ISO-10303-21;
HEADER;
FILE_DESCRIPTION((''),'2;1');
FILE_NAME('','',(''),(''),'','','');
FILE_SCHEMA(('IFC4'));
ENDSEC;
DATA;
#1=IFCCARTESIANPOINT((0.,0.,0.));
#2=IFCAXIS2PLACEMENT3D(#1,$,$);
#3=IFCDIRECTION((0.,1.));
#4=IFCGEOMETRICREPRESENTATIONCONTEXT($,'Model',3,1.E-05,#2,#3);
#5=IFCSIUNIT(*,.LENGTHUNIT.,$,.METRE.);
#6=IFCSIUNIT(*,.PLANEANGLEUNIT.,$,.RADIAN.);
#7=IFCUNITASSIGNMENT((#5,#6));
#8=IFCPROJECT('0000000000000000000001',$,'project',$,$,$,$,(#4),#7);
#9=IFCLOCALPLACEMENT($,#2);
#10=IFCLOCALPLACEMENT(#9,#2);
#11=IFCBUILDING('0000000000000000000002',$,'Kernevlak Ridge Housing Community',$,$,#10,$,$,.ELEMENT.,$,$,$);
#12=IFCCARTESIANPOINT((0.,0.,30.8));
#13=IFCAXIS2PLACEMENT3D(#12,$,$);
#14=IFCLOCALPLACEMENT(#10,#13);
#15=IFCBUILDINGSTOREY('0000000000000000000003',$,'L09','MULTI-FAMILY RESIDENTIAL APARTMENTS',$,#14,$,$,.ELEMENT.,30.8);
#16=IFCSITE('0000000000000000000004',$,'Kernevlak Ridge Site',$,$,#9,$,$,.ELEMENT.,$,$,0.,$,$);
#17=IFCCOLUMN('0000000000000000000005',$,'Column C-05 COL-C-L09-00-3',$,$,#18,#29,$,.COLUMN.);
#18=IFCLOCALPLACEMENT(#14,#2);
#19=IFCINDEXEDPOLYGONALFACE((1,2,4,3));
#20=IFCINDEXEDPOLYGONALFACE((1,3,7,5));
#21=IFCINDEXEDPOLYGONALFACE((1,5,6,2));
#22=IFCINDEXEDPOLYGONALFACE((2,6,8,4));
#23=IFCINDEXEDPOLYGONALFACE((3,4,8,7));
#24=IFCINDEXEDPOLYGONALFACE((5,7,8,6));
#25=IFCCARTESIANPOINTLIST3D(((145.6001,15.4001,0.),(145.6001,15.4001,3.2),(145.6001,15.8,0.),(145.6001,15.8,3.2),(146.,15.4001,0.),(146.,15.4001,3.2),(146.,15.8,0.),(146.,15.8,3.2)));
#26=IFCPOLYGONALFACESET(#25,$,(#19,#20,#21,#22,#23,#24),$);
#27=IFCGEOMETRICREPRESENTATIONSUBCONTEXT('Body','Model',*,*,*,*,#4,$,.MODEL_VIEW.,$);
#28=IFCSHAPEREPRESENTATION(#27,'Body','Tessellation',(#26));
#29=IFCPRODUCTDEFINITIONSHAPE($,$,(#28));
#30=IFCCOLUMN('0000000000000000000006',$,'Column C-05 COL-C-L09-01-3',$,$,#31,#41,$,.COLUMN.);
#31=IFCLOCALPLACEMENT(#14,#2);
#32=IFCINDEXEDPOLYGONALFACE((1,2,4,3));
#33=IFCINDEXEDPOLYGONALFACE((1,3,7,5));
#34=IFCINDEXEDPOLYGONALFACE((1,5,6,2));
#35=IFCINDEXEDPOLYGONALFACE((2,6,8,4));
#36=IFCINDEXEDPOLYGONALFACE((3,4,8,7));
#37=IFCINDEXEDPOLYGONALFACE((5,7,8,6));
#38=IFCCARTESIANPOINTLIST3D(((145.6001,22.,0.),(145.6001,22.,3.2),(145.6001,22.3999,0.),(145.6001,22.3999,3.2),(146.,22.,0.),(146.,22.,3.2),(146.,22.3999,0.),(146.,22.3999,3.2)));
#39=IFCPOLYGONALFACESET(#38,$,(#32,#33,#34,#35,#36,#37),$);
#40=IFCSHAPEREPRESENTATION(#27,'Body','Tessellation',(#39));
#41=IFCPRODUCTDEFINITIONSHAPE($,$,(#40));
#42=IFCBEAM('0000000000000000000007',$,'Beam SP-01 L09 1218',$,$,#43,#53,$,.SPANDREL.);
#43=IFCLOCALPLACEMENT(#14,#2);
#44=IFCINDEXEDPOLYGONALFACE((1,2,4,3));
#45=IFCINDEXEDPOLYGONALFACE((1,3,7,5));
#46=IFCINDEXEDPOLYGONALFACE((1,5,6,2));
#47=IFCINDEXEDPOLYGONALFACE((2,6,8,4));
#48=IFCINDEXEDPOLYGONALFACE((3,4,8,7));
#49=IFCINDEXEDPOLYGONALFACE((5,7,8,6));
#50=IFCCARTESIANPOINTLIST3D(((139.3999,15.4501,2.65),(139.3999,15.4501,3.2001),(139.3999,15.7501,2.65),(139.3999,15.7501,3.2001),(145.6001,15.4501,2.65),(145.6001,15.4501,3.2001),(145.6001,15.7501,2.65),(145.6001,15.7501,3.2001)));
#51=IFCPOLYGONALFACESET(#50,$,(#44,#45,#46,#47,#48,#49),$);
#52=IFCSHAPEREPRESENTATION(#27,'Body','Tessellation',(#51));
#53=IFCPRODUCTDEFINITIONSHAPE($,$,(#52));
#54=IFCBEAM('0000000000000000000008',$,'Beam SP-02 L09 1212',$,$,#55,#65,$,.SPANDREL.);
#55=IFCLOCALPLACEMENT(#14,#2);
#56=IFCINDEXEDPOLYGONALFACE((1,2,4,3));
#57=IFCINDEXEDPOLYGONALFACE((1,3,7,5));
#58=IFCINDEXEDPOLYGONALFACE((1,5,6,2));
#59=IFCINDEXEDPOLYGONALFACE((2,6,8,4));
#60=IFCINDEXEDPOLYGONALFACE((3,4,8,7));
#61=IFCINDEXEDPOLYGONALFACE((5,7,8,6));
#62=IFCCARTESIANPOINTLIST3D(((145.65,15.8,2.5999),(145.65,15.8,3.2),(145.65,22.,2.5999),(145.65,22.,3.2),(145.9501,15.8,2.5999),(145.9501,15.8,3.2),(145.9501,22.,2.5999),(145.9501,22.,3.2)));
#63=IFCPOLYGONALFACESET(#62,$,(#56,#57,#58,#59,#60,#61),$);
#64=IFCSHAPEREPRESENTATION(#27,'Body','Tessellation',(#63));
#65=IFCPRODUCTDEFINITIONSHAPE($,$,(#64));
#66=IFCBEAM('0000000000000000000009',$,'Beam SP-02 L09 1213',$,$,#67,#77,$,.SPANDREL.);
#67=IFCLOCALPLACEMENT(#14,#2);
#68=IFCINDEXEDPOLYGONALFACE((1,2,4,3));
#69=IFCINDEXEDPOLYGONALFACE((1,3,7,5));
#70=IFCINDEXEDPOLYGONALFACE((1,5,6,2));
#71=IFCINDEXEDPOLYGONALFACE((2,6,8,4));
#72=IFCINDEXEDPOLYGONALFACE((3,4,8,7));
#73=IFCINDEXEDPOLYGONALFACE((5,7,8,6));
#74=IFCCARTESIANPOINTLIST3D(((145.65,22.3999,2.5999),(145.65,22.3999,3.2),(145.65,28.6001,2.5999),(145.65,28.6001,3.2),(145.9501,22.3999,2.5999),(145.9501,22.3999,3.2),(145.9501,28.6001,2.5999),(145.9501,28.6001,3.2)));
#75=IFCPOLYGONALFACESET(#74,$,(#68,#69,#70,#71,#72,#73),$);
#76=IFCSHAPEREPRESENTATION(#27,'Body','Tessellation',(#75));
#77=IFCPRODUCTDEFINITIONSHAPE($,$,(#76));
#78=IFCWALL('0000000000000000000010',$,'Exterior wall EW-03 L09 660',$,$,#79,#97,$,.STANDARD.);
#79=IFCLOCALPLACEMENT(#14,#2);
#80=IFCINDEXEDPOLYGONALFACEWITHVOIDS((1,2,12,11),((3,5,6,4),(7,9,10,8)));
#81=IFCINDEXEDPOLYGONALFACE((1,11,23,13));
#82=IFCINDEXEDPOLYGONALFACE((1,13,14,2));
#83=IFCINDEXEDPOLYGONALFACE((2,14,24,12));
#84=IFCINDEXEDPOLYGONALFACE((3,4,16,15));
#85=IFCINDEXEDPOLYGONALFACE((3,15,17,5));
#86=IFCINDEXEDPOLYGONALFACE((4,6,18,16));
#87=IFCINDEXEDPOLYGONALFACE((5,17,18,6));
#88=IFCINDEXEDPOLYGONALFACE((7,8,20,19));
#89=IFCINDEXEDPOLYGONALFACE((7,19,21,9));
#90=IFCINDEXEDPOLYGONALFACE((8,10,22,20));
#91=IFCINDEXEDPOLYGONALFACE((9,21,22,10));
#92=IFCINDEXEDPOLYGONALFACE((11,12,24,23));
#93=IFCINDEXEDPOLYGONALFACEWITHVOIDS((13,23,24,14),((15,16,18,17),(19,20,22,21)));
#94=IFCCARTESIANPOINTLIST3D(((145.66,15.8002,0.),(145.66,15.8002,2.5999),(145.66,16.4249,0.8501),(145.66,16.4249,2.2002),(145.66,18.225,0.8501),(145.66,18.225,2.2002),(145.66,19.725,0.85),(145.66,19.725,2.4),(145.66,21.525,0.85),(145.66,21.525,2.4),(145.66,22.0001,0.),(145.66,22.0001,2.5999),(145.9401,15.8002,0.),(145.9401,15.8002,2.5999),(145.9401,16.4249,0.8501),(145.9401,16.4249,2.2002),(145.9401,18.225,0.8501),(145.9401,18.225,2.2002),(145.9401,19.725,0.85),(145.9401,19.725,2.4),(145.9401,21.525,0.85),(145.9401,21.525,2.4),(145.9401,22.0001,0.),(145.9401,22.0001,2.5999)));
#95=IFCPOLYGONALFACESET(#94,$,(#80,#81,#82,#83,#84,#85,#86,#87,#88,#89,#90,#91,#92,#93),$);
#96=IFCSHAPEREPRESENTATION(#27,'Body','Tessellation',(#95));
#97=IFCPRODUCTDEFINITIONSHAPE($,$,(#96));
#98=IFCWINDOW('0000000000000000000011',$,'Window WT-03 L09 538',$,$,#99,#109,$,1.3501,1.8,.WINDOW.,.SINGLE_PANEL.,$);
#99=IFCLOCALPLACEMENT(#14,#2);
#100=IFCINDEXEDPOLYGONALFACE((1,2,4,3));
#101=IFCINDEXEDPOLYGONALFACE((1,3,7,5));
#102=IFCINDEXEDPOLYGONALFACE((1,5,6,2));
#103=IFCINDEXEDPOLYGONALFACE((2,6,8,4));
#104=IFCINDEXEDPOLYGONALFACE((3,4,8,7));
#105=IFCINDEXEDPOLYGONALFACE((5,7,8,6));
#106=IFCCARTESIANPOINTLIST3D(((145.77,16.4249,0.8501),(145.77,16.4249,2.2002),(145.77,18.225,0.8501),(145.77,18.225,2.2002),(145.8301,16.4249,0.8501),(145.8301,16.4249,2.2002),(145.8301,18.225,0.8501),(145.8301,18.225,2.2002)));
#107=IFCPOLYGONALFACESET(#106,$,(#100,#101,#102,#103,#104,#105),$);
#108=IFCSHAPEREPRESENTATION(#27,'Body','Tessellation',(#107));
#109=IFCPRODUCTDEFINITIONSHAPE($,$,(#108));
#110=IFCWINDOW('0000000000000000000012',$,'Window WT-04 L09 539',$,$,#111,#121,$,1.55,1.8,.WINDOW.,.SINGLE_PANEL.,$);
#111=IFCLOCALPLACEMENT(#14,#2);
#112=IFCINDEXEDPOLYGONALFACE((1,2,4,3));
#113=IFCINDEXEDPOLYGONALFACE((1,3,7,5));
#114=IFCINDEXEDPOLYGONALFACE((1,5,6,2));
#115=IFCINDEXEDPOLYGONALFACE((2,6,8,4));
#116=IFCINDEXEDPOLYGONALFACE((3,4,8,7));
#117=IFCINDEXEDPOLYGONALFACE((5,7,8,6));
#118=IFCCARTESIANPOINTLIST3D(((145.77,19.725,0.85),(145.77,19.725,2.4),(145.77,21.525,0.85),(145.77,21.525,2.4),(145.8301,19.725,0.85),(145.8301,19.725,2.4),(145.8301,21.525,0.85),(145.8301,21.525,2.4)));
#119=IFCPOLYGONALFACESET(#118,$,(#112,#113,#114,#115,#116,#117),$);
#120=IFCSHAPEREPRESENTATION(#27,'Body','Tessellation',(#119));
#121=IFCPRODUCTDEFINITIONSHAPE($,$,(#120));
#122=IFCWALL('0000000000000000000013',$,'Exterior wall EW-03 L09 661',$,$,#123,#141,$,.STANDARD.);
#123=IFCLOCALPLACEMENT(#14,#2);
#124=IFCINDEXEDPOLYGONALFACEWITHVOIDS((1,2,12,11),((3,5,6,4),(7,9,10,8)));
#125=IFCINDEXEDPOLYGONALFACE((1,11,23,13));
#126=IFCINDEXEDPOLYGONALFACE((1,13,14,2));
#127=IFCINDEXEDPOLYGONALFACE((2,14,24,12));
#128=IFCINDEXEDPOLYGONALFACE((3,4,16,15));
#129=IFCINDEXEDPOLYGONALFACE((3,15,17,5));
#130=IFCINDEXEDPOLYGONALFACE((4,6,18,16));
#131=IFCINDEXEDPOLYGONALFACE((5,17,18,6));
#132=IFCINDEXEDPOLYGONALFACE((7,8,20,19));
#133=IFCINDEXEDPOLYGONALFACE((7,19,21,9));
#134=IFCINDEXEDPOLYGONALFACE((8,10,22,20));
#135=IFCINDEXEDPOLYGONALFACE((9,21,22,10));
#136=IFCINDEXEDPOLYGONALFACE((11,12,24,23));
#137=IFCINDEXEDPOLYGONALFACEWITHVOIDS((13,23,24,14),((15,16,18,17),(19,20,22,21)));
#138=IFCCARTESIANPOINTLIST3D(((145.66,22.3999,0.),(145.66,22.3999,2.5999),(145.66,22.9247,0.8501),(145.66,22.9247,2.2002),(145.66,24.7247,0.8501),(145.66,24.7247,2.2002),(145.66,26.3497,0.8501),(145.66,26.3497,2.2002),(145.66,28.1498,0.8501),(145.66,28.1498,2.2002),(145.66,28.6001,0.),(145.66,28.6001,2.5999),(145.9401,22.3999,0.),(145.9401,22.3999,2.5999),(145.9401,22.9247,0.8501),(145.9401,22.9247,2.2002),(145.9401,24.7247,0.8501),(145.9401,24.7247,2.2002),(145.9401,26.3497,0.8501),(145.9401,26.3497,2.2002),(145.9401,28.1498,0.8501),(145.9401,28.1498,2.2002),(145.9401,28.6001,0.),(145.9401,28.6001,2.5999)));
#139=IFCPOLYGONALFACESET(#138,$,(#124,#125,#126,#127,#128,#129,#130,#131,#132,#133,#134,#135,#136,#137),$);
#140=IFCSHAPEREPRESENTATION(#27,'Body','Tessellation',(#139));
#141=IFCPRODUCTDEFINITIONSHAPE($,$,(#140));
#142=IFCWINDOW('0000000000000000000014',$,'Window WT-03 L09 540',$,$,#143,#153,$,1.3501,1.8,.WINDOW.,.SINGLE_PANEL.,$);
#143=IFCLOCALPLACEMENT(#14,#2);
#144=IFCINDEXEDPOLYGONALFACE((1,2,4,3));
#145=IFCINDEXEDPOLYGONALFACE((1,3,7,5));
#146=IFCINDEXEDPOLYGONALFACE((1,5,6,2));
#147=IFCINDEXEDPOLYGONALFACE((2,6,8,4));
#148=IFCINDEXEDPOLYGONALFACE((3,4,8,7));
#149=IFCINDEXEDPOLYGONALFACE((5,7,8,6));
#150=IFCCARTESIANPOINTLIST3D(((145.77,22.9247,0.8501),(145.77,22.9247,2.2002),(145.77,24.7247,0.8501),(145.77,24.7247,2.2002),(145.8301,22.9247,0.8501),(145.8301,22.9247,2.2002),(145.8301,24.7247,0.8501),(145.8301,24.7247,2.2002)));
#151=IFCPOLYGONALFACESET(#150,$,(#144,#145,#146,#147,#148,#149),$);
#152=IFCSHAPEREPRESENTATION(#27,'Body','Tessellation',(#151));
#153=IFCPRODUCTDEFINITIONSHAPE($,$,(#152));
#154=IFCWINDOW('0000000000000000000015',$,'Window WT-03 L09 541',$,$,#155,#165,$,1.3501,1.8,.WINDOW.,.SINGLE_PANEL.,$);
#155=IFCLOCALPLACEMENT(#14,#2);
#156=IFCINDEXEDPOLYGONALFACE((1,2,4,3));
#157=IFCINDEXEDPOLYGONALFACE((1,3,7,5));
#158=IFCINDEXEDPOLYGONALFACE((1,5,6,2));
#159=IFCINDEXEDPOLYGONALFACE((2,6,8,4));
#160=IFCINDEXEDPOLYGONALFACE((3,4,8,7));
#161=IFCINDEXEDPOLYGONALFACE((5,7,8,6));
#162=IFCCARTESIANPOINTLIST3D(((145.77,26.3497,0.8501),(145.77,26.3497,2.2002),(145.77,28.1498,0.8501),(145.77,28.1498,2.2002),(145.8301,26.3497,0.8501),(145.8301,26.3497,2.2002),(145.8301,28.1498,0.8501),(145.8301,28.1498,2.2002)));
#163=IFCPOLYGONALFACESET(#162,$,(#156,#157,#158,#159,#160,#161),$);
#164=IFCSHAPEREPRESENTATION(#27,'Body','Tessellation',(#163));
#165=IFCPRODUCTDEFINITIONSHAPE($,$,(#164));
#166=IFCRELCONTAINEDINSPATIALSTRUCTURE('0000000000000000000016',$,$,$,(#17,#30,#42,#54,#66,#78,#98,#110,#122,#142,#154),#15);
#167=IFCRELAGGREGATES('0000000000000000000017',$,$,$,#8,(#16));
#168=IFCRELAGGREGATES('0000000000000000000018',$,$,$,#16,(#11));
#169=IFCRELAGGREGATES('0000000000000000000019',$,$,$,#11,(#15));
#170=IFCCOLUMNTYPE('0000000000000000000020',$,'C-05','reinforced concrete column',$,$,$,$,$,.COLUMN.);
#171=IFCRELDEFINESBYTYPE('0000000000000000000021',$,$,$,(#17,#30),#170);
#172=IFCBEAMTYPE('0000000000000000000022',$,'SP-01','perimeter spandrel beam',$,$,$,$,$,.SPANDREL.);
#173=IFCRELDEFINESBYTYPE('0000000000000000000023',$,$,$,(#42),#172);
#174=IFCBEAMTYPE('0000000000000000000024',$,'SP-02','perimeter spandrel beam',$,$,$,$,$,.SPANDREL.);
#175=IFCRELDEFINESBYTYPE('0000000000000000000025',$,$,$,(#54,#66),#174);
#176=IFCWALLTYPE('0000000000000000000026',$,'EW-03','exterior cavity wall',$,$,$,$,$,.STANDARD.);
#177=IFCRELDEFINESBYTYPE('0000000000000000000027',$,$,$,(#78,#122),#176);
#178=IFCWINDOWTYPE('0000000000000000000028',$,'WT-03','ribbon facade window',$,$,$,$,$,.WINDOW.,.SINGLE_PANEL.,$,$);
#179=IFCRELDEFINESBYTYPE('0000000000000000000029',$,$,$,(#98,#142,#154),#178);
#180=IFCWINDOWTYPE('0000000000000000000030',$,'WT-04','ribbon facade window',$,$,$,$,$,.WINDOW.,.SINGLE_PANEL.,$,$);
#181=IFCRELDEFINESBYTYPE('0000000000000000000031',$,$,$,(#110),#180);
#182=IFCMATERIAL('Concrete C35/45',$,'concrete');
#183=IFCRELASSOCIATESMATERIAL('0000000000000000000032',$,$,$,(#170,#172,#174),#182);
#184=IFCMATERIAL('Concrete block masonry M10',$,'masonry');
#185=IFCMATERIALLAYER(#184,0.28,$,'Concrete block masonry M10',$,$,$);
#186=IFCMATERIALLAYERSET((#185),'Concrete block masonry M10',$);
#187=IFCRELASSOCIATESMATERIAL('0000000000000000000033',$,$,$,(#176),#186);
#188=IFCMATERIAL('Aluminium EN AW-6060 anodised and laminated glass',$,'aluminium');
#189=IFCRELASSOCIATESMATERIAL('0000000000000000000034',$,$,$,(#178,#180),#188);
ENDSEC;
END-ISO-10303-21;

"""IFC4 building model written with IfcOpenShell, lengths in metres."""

from ifc_helpers import new_model, si_unit, direction, frame, frame_2d, origin, origin_2d, place, context, subcontext, project, spatial, rectangle, extrude, material, layer, layer_set, material_profile, profile_set, type_object, element, fill, save


model = new_model("IFC4")

# Units and contexts
model_context = context("Model", 3, precision=1e-05, world=origin(), true_north=direction((0.0, 1.0)))
body_context = subcontext(model_context, "Body", "Model", "MODEL_VIEW")
ifc_project = project(units=[si_unit("LENGTHUNIT", "METRE"), si_unit("PLANEANGLEUNIT", "RADIAN")], contexts=[model_context])

# Site, building, storey
site_placement = place(None, origin())
site = spatial("IfcSite", under=ifc_project, at=site_placement, Name="Kernevlak Ridge Site", CompositionType="ELEMENT", RefElevation=0.0)
building_placement = place(site_placement, origin())
building = spatial("IfcBuilding", under=site, at=building_placement, Name="Kernevlak Ridge Housing Community", CompositionType="ELEMENT")
storey_placement = place(building_placement, frame((0.0, 0.0, 30.8)))
storey = spatial("IfcBuildingStorey", under=building, at=storey_placement, Name="L09", Description="MULTI-FAMILY RESIDENTIAL APARTMENTS", CompositionType="ELEMENT", Elevation=30.8)

# Columns
ifc_material_1 = material(Name="Concrete C35/45", Category="concrete")
ifc_material_profile_1 = material_profile(ifc_material_1, rectangle(XDim=0.3999, YDim=0.3999, at=origin_2d()), Name="RC 400x400")
ifc_profile_set_1 = profile_set([ifc_material_profile_1], Name="Concrete C35/45")
column_type = type_object("IfcColumnType", Name="C-05", Description="reinforced concrete column", PredefinedType="COLUMN", material=ifc_profile_set_1)
for number, where, z_axis, x_axis, name in (
    (1, (145.8, 15.6001, 0.0), (0.0, 0.0, 1.0), (1.0, 0.0, 0.0), "Column C-05 COL-C-L09-00-3"),
    (2, (145.8, 22.2, 0.0), (0.0, 0.0, 1.0), (1.0, 0.0, 0.0), "Column C-05 COL-C-L09-01-3"),
):
    element("IfcColumn", number, at=place(storey_placement, frame(where, z_axis=z_axis, x_axis=x_axis)), inside=storey, type_object=column_type, Name=name, PredefinedType="COLUMN", context=body_context, shape_type="SweptSolid", body=[
        extrude(rectangle(XDim=0.3999, YDim=0.3999, at=origin_2d()), origin(), (0.0, 0.0, 1.0), 3.2),
    ])

# Beams
ifc_material_profile_2 = material_profile(ifc_material_1, rectangle(XDim=0.3, YDim=0.55, at=origin_2d()), Name="RC 300x550")
ifc_profile_set_2 = profile_set([ifc_material_profile_2], Name="Concrete C35/45")
beam_type_1 = type_object("IfcBeamType", Name="SP-01", Description="perimeter spandrel beam", PredefinedType="SPANDREL", material=ifc_profile_set_2)
beam_1_placement = place(storey_placement, frame((139.3999, 15.6001, 2.925), z_axis=(1.0, 0.0, 0.0), x_axis=(0.0, 1.0, 0.0)))
element("IfcBeam", 3, at=beam_1_placement, inside=storey, type_object=beam_type_1, Name="Beam SP-01 L09 1218", PredefinedType="SPANDREL", context=body_context, shape_type="SweptSolid", body=[
    extrude(rectangle(XDim=0.3, YDim=0.55, at=origin_2d()), origin(), (0.0, 0.0, 1.0), 6.2002),
])
ifc_material_profile_3 = material_profile(ifc_material_1, rectangle(XDim=0.3, YDim=0.6001, at=origin_2d()), Name="RC 300x600")
ifc_profile_set_3 = profile_set([ifc_material_profile_3], Name="Concrete C35/45")
beam_type_2 = type_object("IfcBeamType", Name="SP-02", Description="perimeter spandrel beam", PredefinedType="SPANDREL", material=ifc_profile_set_3)
beam_2_placement = place(storey_placement, frame((145.8, 15.8, 2.8999), z_axis=(0.0, 1.0, 0.0), x_axis=(-1.0, 0.0, 0.0)))
element("IfcBeam", 4, at=beam_2_placement, inside=storey, type_object=beam_type_2, Name="Beam SP-02 L09 1212", PredefinedType="SPANDREL", context=body_context, shape_type="SweptSolid", body=[
    extrude(rectangle(XDim=0.3, YDim=0.6001, at=origin_2d()), origin(), (0.0, 0.0, 1.0), 6.2),
])
beam_3_placement = place(storey_placement, frame((145.8, 22.3999, 2.8999), z_axis=(0.0, 1.0, 0.0), x_axis=(-1.0, 0.0, 0.0)))
element("IfcBeam", 5, at=beam_3_placement, inside=storey, type_object=beam_type_2, Name="Beam SP-02 L09 1213", PredefinedType="SPANDREL", context=body_context, shape_type="SweptSolid", body=[
    extrude(rectangle(XDim=0.3, YDim=0.6001, at=origin_2d()), origin(), (0.0, 0.0, 1.0), 6.2002),
])

# Walls, openings, windows
ifc_material_2 = material(Name="Concrete block masonry M10", Category="masonry")
ifc_layer_1 = layer(ifc_material_2, 0.28, Name="Concrete block masonry M10")
ifc_layer_set_1 = layer_set([ifc_layer_1], Name="Concrete block masonry M10")
wall_type_1 = type_object("IfcWallType", Name="EW-03", Description="exterior cavity wall", PredefinedType="STANDARD", material=ifc_layer_set_1)
wall_1_placement = place(storey_placement, frame((145.8, 15.8, 0.0), z_axis=(0.0, 0.0, 1.0), x_axis=(0.0, 1.0, 0.0)))
wall_1 = element("IfcWall", 6, at=wall_1_placement, inside=storey, type_object=wall_type_1, Name="Exterior wall EW-03 L09 660", PredefinedType="STANDARD", context=body_context, shape_type="SweptSolid", body=[
    extrude(rectangle(XDim=6.2, YDim=0.28, at=frame_2d((3.1001, 0.0))), origin(), (0.0, 0.0, 1.0), 2.5999),
])
opening_1_placement = place(wall_1_placement, frame((0.625, 0.0, 0.8501)))
opening_1 = element("IfcOpeningElement", 7, at=opening_1_placement, cuts=wall_1, PredefinedType="OPENING", context=body_context, shape_type="SweptSolid", body=[
    extrude(rectangle(XDim=1.8, YDim=1.3501, at=frame_2d((0.8999, 0.675))), frame((0.0, 0.1499, 0.0), z_axis=(0.0, -1.0, 0.0), x_axis=(1.0, 0.0, 0.0)), (0.0, 0.0, 1.0), 0.3),
])
opening_2_placement = place(wall_1_placement, frame((3.925, 0.0, 0.8501)))
opening_2 = element("IfcOpeningElement", 8, at=opening_2_placement, cuts=wall_1, PredefinedType="OPENING", context=body_context, shape_type="SweptSolid", body=[
    extrude(rectangle(XDim=1.8, YDim=1.55, at=frame_2d((0.8999, 0.7749))), frame((0.0, 0.1499, 0.0), z_axis=(0.0, -1.0, 0.0), x_axis=(1.0, 0.0, 0.0)), (0.0, 0.0, 1.0), 0.3),
])
ifc_material_3 = material(Name="Aluminium EN AW-6060 anodised and laminated glass", Category="aluminium")
window_type_1 = type_object("IfcWindowType", Name="WT-03", Description="ribbon facade window", PartitioningType="SINGLE_PANEL", PredefinedType="WINDOW", material=ifc_material_3)
window_1_placement = place(opening_1_placement, origin())
window_1 = element("IfcWindow", 9, at=window_1_placement, inside=storey, type_object=window_type_1, Name="Window WT-03 L09 538", OverallHeight=1.3501, OverallWidth=1.8, PartitioningType="SINGLE_PANEL", PredefinedType="WINDOW", context=body_context, shape_type="SweptSolid", body=[
    extrude(rectangle(XDim=1.8, YDim=1.3501, at=frame_2d((0.8999, 0.675))), frame((0.0, 0.03, 0.0), z_axis=(0.0, -1.0, 0.0), x_axis=(1.0, 0.0, 0.0)), (0.0, 0.0, 1.0), 0.0601),
])
fill(opening_1, window_1)
window_type_2 = type_object("IfcWindowType", Name="WT-04", Description="ribbon facade window", PartitioningType="SINGLE_PANEL", PredefinedType="WINDOW", material=ifc_material_3)
window_2_placement = place(opening_2_placement, origin())
window_2 = element("IfcWindow", 10, at=window_2_placement, inside=storey, type_object=window_type_2, Name="Window WT-04 L09 539", OverallHeight=1.55, OverallWidth=1.8, PartitioningType="SINGLE_PANEL", PredefinedType="WINDOW", context=body_context, shape_type="SweptSolid", body=[
    extrude(rectangle(XDim=1.8, YDim=1.55, at=frame_2d((0.8999, 0.7749))), frame((0.0, 0.03, 0.0), z_axis=(0.0, -1.0, 0.0), x_axis=(1.0, 0.0, 0.0)), (0.0, 0.0, 1.0), 0.0601),
])
fill(opening_2, window_2)
wall_2_placement = place(storey_placement, frame((145.8, 22.3999, 0.0), z_axis=(0.0, 0.0, 1.0), x_axis=(0.0, 1.0, 0.0)))
wall_2 = element("IfcWall", 11, at=wall_2_placement, inside=storey, type_object=wall_type_1, Name="Exterior wall EW-03 L09 661", PredefinedType="STANDARD", context=body_context, shape_type="SweptSolid", body=[
    extrude(rectangle(XDim=6.2002, YDim=0.28, at=frame_2d((3.1001, 0.0))), origin(), (0.0, 0.0, 1.0), 2.5999),
])
opening_3_placement = place(wall_2_placement, frame((0.5249, 0.0, 0.8501)))
opening_3 = element("IfcOpeningElement", 12, at=opening_3_placement, cuts=wall_2, PredefinedType="OPENING", context=body_context, shape_type="SweptSolid", body=[
    extrude(rectangle(XDim=1.8, YDim=1.3501, at=frame_2d((0.8999, 0.675))), frame((0.0, 0.1499, 0.0), z_axis=(0.0, -1.0, 0.0), x_axis=(1.0, 0.0, 0.0)), (0.0, 0.0, 1.0), 0.3),
])
opening_4_placement = place(wall_2_placement, frame((3.95, 0.0, 0.8501)))
opening_4 = element("IfcOpeningElement", 13, at=opening_4_placement, cuts=wall_2, PredefinedType="OPENING", context=body_context, shape_type="SweptSolid", body=[
    extrude(rectangle(XDim=1.8, YDim=1.3501, at=frame_2d((0.8999, 0.675))), frame((0.0, 0.1499, 0.0), z_axis=(0.0, -1.0, 0.0), x_axis=(1.0, 0.0, 0.0)), (0.0, 0.0, 1.0), 0.3),
])
window_3_placement = place(opening_3_placement, origin())
window_3 = element("IfcWindow", 14, at=window_3_placement, inside=storey, type_object=window_type_1, Name="Window WT-03 L09 540", OverallHeight=1.3501, OverallWidth=1.8, PartitioningType="SINGLE_PANEL", PredefinedType="WINDOW", context=body_context, shape_type="SweptSolid", body=[
    extrude(rectangle(XDim=1.8, YDim=1.3501, at=frame_2d((0.8999, 0.675))), frame((0.0, 0.03, 0.0), z_axis=(0.0, -1.0, 0.0), x_axis=(1.0, 0.0, 0.0)), (0.0, 0.0, 1.0), 0.0601),
])
fill(opening_3, window_3)
window_4_placement = place(opening_4_placement, origin())
window_4 = element("IfcWindow", 15, at=window_4_placement, inside=storey, type_object=window_type_1, Name="Window WT-03 L09 541", OverallHeight=1.3501, OverallWidth=1.8, PartitioningType="SINGLE_PANEL", PredefinedType="WINDOW", context=body_context, shape_type="SweptSolid", body=[
    extrude(rectangle(XDim=1.8, YDim=1.3501, at=frame_2d((0.8999, 0.675))), frame((0.0, 0.03, 0.0), z_axis=(0.0, -1.0, 0.0), x_axis=(1.0, 0.0, 0.0)), (0.0, 0.0, 1.0), 0.0601),
])
fill(opening_4, window_4)

save(model, "model.ifc")
